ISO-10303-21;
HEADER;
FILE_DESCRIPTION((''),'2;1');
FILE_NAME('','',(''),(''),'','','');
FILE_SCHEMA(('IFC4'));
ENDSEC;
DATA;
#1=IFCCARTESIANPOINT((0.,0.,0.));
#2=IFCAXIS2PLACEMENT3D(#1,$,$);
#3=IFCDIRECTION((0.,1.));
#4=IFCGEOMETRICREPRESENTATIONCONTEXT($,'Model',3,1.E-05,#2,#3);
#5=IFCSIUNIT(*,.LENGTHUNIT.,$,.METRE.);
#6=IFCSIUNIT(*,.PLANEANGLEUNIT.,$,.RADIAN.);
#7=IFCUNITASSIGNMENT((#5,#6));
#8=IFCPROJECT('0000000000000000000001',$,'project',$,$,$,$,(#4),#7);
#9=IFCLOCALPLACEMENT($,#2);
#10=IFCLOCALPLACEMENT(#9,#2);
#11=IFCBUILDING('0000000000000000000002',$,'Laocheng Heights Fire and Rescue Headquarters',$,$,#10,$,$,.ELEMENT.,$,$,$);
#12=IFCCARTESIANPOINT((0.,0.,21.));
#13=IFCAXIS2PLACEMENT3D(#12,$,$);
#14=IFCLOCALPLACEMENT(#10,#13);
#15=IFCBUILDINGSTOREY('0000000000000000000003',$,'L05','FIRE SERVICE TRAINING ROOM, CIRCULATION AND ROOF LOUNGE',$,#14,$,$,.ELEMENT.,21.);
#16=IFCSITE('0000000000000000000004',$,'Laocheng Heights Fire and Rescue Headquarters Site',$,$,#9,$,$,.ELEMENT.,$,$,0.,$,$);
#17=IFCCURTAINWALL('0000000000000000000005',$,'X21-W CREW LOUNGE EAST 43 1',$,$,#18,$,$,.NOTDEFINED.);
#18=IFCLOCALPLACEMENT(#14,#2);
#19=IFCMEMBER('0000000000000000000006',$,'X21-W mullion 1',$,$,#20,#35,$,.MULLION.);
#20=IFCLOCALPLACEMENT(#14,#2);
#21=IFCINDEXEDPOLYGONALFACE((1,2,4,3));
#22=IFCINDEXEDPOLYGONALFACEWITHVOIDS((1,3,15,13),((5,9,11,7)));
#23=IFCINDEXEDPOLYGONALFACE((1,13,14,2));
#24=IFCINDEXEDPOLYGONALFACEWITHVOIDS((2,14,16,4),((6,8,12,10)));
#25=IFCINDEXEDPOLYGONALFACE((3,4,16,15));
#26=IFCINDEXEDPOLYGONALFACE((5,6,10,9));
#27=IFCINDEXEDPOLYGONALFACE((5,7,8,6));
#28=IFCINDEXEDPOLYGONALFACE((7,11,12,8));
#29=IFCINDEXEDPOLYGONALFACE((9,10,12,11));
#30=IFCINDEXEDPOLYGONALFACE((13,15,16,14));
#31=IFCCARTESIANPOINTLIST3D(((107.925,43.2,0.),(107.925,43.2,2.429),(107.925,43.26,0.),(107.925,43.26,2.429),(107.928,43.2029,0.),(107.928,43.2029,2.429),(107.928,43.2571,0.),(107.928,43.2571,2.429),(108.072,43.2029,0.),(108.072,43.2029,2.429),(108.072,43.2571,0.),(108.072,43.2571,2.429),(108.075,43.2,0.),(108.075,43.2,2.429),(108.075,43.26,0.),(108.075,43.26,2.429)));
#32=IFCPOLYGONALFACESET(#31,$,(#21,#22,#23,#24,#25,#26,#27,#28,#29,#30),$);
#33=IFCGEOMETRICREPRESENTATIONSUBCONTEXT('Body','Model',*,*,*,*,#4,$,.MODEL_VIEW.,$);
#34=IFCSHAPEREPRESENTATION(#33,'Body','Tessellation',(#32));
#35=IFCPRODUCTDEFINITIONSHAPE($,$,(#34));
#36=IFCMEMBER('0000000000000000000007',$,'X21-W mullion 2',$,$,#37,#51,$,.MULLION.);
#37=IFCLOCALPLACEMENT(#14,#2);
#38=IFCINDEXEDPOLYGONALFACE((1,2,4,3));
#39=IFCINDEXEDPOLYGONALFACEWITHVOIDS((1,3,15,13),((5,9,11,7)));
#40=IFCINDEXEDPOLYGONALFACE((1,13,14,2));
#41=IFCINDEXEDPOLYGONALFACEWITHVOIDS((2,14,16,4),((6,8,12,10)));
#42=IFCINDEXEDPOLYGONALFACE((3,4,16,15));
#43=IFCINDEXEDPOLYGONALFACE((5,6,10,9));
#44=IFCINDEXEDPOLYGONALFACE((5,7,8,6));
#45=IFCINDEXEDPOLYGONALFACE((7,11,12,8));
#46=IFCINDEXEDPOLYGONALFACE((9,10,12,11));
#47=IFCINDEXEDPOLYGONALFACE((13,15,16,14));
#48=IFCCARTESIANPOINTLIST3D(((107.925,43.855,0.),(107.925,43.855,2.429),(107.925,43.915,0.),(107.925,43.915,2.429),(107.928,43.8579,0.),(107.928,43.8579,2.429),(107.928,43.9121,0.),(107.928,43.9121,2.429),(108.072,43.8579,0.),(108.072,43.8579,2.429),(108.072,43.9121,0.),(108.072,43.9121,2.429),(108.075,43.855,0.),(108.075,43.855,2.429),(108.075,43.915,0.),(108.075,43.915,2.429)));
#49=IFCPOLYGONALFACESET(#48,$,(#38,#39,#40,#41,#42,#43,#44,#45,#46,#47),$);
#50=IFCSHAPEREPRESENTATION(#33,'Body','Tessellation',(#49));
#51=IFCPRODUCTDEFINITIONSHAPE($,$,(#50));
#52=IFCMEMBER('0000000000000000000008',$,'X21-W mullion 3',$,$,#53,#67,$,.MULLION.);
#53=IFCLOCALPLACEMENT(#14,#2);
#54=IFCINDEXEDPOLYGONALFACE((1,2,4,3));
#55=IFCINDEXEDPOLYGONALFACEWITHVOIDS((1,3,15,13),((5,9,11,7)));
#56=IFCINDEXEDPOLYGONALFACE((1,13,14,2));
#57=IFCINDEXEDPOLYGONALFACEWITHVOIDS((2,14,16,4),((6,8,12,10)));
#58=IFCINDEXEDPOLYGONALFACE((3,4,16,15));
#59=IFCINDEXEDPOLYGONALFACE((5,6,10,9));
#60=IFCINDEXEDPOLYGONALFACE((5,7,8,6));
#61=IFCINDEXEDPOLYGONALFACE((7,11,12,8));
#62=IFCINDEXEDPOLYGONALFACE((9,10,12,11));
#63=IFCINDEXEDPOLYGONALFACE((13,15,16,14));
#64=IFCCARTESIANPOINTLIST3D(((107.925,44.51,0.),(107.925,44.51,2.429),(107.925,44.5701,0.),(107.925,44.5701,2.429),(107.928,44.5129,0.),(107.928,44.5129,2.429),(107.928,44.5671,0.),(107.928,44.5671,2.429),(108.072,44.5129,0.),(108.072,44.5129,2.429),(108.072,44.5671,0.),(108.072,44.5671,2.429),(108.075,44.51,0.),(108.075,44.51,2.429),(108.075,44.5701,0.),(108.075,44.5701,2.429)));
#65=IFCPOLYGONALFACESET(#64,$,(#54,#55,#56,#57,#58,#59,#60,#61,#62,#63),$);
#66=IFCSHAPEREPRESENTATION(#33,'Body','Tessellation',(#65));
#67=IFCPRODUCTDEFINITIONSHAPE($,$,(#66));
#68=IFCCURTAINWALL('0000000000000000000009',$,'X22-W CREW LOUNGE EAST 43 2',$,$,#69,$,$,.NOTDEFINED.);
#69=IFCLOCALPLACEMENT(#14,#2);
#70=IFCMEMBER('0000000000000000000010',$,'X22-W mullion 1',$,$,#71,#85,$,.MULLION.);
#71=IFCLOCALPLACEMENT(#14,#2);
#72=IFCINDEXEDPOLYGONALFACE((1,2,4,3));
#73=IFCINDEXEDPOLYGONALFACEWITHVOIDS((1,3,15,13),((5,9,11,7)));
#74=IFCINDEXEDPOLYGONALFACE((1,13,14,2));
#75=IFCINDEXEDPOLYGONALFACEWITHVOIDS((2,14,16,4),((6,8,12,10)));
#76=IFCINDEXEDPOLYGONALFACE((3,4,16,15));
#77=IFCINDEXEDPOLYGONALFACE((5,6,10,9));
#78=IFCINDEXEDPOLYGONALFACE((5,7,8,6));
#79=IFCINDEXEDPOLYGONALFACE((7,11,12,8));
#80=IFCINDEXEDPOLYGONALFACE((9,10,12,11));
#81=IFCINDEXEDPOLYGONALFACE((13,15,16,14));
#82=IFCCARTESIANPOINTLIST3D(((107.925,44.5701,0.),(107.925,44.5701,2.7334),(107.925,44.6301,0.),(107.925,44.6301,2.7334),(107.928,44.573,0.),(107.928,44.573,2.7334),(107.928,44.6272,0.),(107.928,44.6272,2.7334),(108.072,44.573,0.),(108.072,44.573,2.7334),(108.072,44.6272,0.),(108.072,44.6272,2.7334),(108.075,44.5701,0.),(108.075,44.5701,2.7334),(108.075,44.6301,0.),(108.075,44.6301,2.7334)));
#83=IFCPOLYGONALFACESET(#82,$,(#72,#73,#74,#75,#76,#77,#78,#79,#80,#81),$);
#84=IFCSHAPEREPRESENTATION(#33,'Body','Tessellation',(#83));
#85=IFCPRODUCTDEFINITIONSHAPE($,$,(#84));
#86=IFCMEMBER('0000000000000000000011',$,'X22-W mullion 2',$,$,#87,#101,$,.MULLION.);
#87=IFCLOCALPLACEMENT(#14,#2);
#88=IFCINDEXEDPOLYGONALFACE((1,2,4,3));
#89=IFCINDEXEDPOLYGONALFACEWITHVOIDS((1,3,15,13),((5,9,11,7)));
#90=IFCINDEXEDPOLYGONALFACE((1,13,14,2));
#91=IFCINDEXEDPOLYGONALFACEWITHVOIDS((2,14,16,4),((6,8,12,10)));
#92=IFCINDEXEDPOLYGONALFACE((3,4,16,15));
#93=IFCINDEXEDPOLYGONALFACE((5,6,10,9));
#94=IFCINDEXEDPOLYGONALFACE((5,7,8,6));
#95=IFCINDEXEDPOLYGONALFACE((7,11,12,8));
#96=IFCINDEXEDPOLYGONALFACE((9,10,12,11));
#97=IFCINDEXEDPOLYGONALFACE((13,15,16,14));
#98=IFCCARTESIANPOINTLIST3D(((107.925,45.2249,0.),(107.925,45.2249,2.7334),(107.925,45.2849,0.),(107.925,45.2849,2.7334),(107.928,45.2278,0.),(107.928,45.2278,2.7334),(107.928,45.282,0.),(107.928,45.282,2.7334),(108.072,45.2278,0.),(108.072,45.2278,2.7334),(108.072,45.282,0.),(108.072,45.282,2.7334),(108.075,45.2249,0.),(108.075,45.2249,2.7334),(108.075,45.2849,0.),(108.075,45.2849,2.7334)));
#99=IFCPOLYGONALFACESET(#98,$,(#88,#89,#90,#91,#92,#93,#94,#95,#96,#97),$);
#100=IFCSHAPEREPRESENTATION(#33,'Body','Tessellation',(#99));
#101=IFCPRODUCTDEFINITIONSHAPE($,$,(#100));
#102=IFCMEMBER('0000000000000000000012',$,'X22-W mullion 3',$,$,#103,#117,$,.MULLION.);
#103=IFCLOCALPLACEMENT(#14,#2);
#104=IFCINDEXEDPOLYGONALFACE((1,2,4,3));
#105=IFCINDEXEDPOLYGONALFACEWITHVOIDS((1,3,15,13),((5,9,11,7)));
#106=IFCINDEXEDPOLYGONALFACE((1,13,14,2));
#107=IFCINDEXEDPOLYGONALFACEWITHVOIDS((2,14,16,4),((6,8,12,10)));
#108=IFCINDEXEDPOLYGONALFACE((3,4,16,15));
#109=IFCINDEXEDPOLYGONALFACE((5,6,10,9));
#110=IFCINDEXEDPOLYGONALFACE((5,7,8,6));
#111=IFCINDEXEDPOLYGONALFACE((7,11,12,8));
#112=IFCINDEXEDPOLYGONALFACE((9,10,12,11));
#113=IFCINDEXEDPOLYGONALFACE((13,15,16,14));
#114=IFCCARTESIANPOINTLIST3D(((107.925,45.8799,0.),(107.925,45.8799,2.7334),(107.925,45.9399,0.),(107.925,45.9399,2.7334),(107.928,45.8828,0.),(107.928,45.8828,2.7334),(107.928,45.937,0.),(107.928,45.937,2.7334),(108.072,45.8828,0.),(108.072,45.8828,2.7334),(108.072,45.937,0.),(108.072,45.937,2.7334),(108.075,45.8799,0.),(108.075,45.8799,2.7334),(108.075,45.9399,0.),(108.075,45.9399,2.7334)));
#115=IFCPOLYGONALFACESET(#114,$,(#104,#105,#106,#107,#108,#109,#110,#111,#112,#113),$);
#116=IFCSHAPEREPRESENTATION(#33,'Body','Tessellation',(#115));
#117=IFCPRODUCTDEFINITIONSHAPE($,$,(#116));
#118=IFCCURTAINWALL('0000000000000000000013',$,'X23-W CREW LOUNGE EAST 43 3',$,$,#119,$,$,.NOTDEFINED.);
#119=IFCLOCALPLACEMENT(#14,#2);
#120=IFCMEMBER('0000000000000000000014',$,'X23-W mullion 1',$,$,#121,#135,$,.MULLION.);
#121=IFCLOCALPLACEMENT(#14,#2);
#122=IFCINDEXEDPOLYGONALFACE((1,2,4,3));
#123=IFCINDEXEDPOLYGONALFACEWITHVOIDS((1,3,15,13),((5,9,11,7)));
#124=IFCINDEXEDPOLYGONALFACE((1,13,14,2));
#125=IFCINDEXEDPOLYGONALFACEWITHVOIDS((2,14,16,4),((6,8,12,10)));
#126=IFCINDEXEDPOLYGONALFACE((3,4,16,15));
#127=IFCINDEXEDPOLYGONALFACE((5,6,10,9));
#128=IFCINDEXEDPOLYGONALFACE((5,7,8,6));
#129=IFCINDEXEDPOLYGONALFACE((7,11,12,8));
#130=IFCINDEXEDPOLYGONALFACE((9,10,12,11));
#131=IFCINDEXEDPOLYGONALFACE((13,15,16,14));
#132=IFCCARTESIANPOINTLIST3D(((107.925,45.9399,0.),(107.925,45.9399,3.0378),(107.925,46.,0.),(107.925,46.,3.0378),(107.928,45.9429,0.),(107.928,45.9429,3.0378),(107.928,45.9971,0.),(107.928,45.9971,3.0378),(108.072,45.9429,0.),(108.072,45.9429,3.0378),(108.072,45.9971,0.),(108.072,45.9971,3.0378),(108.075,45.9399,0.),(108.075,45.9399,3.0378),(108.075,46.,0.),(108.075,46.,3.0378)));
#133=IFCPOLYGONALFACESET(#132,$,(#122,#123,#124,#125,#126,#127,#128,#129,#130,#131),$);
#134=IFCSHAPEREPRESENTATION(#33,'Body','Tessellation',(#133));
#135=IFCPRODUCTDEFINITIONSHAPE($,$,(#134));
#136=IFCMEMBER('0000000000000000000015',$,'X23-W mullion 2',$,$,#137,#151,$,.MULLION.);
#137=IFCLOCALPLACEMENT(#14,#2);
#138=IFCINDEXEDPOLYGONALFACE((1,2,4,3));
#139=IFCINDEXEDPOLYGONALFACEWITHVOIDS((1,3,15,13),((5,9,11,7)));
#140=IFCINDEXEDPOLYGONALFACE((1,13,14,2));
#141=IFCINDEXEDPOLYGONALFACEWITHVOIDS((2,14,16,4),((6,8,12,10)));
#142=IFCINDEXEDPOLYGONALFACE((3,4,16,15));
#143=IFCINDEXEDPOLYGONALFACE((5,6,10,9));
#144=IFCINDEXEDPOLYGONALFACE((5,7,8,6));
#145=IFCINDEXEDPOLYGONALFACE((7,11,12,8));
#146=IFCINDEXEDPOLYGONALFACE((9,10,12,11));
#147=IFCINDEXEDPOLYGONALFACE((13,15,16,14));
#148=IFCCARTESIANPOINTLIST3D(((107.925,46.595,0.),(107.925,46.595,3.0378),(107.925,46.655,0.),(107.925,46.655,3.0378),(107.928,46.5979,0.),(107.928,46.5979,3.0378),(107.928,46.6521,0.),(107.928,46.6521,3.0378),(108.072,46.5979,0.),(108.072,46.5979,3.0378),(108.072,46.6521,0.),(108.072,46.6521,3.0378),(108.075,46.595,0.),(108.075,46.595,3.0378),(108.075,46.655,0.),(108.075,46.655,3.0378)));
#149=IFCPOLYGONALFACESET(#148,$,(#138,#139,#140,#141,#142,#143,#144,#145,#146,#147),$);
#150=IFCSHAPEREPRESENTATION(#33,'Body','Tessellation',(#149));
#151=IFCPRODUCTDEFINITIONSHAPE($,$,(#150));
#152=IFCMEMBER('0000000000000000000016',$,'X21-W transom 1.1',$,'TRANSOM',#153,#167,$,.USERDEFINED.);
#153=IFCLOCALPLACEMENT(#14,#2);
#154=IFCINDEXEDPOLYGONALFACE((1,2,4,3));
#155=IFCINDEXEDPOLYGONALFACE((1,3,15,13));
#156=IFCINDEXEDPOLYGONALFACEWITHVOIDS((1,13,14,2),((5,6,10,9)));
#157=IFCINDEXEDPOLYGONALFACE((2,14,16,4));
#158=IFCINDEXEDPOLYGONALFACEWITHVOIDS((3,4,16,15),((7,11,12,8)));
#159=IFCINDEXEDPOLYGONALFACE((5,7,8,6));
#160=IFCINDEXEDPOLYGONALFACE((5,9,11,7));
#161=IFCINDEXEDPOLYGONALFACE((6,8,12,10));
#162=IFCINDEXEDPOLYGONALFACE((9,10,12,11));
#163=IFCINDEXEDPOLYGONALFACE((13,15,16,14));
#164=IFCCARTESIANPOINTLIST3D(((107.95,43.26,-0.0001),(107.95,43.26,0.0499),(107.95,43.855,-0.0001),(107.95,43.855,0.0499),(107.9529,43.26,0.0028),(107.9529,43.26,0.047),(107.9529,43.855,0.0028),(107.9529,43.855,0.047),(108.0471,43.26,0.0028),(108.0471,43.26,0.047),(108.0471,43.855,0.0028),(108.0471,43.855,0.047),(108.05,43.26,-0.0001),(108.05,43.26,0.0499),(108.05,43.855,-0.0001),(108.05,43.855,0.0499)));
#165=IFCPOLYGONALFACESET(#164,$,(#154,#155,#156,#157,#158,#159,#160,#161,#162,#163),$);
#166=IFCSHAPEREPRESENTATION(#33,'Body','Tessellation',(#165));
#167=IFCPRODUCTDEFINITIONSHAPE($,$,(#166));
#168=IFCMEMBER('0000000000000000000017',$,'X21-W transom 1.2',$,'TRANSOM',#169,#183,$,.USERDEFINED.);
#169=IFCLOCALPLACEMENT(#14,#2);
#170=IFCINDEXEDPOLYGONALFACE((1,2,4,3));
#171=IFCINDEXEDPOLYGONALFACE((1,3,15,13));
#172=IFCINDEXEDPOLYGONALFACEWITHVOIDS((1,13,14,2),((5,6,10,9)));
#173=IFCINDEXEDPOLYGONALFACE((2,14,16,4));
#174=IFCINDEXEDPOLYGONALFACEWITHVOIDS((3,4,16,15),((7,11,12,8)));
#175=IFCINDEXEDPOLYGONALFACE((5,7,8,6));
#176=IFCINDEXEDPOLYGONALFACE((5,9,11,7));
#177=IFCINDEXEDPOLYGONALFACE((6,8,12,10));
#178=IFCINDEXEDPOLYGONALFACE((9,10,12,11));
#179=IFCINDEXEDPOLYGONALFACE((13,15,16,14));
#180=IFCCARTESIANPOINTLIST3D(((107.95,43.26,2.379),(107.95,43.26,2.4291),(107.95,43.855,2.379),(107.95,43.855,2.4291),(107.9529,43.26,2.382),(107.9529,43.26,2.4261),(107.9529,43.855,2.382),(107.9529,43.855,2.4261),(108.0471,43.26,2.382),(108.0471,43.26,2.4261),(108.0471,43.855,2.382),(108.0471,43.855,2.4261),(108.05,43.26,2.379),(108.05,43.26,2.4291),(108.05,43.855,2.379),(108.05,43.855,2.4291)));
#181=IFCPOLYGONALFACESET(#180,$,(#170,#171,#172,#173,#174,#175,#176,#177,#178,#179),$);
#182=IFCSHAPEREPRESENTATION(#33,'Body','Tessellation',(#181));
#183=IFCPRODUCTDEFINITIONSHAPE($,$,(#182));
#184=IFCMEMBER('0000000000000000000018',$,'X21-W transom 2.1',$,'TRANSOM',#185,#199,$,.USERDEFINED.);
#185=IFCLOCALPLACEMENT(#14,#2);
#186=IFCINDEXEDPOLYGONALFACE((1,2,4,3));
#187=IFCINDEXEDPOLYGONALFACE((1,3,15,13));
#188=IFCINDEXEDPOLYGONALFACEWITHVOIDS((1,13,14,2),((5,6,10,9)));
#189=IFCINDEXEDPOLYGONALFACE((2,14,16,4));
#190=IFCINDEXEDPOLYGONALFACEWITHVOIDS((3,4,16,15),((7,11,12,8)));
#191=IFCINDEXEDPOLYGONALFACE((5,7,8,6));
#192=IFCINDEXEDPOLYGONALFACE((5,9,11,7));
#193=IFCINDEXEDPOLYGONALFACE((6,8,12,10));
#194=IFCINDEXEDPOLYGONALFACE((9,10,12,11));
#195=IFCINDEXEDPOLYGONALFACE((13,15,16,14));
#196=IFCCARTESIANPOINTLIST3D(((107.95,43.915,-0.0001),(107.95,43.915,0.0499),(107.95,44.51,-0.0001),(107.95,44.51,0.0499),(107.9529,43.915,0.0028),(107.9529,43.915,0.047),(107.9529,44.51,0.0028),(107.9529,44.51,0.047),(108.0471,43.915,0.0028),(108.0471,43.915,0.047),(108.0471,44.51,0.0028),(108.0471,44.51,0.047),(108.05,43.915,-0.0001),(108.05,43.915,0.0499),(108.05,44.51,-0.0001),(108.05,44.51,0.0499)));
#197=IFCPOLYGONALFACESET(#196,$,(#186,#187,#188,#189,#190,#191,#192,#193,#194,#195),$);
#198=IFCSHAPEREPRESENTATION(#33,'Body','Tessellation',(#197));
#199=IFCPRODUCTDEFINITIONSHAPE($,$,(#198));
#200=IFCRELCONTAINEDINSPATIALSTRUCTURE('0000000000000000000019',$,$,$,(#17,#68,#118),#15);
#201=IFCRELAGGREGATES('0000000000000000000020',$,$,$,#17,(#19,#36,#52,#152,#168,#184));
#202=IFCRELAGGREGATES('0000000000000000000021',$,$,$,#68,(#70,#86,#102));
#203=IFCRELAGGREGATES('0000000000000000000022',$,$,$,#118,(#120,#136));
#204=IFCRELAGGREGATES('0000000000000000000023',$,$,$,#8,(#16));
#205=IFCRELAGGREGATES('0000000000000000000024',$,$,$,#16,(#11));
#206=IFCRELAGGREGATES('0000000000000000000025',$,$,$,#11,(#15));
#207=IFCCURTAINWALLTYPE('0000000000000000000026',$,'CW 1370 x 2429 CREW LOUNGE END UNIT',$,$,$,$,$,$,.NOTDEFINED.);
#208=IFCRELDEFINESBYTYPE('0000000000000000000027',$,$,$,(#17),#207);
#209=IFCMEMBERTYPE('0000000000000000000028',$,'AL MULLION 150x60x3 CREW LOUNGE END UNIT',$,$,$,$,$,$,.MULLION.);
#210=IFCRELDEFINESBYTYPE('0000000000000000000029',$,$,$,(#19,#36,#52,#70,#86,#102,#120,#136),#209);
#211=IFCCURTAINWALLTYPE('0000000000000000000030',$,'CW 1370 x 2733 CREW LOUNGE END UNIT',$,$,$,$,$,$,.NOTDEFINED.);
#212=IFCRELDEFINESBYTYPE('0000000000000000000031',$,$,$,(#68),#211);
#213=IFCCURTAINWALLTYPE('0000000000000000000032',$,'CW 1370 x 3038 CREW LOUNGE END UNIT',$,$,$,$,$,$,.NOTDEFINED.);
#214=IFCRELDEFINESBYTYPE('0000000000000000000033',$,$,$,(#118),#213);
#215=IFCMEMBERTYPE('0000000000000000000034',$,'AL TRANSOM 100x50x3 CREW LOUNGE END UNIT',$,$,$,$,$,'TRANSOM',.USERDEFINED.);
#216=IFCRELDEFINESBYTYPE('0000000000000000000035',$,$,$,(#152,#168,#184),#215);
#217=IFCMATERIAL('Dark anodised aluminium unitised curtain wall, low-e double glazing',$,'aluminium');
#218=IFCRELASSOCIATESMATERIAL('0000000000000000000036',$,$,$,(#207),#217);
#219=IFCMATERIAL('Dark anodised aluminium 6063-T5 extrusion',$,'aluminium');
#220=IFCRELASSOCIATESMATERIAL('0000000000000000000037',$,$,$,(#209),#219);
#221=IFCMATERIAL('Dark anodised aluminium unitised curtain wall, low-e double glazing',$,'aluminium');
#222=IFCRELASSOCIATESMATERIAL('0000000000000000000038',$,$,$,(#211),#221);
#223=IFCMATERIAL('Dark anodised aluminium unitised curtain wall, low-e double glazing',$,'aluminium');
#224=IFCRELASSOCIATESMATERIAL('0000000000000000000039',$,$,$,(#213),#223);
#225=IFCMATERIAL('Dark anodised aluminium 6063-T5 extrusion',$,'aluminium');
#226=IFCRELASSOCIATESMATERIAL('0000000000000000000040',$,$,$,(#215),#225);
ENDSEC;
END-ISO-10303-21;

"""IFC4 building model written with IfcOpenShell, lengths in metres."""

from ifc_helpers import new_model, si_unit, direction, frame, origin, origin_2d, place, context, subcontext, project, spatial, hollow_rectangle, extrude, material, material_profile, profile_set, type_object, element, aggregate, save


model = new_model("IFC4")

# Units and contexts
model_context = context("Model", 3, precision=1e-05, world=origin(), true_north=direction((0.0, 1.0)))
body_context = subcontext(model_context, "Body", "Model", "MODEL_VIEW")
ifc_project = project(units=[si_unit("LENGTHUNIT", "METRE"), si_unit("PLANEANGLEUNIT", "RADIAN")], contexts=[model_context])

# Site, building, storey
site_placement = place(None, origin())
site = spatial("IfcSite", under=ifc_project, at=site_placement, Name="Laocheng Heights Fire and Rescue Headquarters Site", CompositionType="ELEMENT", RefElevation=0.0)
building_placement = place(site_placement, origin())
building = spatial("IfcBuilding", under=site, at=building_placement, Name="Laocheng Heights Fire and Rescue Headquarters", CompositionType="ELEMENT")
storey_placement = place(building_placement, frame((0.0, 0.0, 21.0)))
storey = spatial("IfcBuildingStorey", under=building, at=storey_placement, Name="L05", Description="FIRE SERVICE TRAINING ROOM, CIRCULATION AND ROOF LOUNGE", CompositionType="ELEMENT", Elevation=21.0)

# Curtain walls, members
ifc_material_1 = material(Name="Dark anodised aluminium unitised curtain wall, low-e double glazing", Category="aluminium")
curtain_wall_type_1 = type_object("IfcCurtainWallType", Name="CW 1370 x 2429 CREW LOUNGE END UNIT", PredefinedType="NOTDEFINED", material=ifc_material_1)
curtain_wall_1_placement = place(storey_placement, origin())
curtain_wall_1 = element("IfcCurtainWall", 1, at=curtain_wall_1_placement, inside=storey, type_object=curtain_wall_type_1, Name="X21-W CREW LOUNGE EAST 43 1", PredefinedType="NOTDEFINED")
ifc_material_2 = material(Name="Dark anodised aluminium 6063-T5 extrusion", Category="aluminium")
ifc_material_profile_1 = material_profile(ifc_material_2, hollow_rectangle(XDim=0.1499, YDim=0.0601, WallThickness=0.0029, at=origin_2d()), Name="AL MULLION 150x60x3 CREW LOUNGE END UNIT")
ifc_profile_set_1 = profile_set([ifc_material_profile_1], Name="Dark anodised aluminium 6063-T5 extrusion")
member_type_1 = type_object("IfcMemberType", Name="AL MULLION 150x60x3 CREW LOUNGE END UNIT", PredefinedType="MULLION", material=ifc_profile_set_1)
member_1_placement = place(storey_placement, frame((108.0, 43.23, 0.0), z_axis=(0.0, 0.0, 1.0), x_axis=(-1.0, 0.0, 0.0)))
member_1 = element("IfcMember", 2, at=member_1_placement, type_object=member_type_1, Name="X21-W mullion 1", PredefinedType="MULLION", context=body_context, shape_type="SweptSolid", body=[
    extrude(hollow_rectangle(XDim=0.1499, YDim=0.0601, WallThickness=0.0029, at=origin_2d()), origin(), (0.0, 0.0, 1.0), 2.429),
])
member_2_placement = place(storey_placement, frame((108.0, 43.885, 0.0), z_axis=(0.0, 0.0, 1.0), x_axis=(-1.0, 0.0, 0.0)))
member_2 = element("IfcMember", 3, at=member_2_placement, type_object=member_type_1, Name="X21-W mullion 2", PredefinedType="MULLION", context=body_context, shape_type="SweptSolid", body=[
    extrude(hollow_rectangle(XDim=0.1499, YDim=0.0601, WallThickness=0.0029, at=origin_2d()), origin(), (0.0, 0.0, 1.0), 2.429),
])
member_3_placement = place(storey_placement, frame((108.0, 44.54, 0.0), z_axis=(0.0, 0.0, 1.0), x_axis=(-1.0, 0.0, 0.0)))
member_3 = element("IfcMember", 4, at=member_3_placement, type_object=member_type_1, Name="X21-W mullion 3", PredefinedType="MULLION", context=body_context, shape_type="SweptSolid", body=[
    extrude(hollow_rectangle(XDim=0.1499, YDim=0.0601, WallThickness=0.0029, at=origin_2d()), origin(), (0.0, 0.0, 1.0), 2.429),
])
ifc_material_3 = material(Name="Dark anodised aluminium unitised curtain wall, low-e double glazing", Category="aluminium")
curtain_wall_type_2 = type_object("IfcCurtainWallType", Name="CW 1370 x 2733 CREW LOUNGE END UNIT", PredefinedType="NOTDEFINED", material=ifc_material_3)
curtain_wall_2_placement = place(storey_placement, origin())
curtain_wall_2 = element("IfcCurtainWall", 5, at=curtain_wall_2_placement, inside=storey, type_object=curtain_wall_type_2, Name="X22-W CREW LOUNGE EAST 43 2", PredefinedType="NOTDEFINED")
member_4_placement = place(storey_placement, frame((108.0, 44.6001, 0.0), z_axis=(0.0, 0.0, 1.0), x_axis=(-1.0, 0.0, 0.0)))
member_4 = element("IfcMember", 6, at=member_4_placement, type_object=member_type_1, Name="X22-W mullion 1", PredefinedType="MULLION", context=body_context, shape_type="SweptSolid", body=[
    extrude(hollow_rectangle(XDim=0.1499, YDim=0.0601, WallThickness=0.0029, at=origin_2d()), origin(), (0.0, 0.0, 1.0), 2.7334),
])
member_5_placement = place(storey_placement, frame((108.0, 45.2549, 0.0), z_axis=(0.0, 0.0, 1.0), x_axis=(-1.0, 0.0, 0.0)))
member_5 = element("IfcMember", 7, at=member_5_placement, type_object=member_type_1, Name="X22-W mullion 2", PredefinedType="MULLION", context=body_context, shape_type="SweptSolid", body=[
    extrude(hollow_rectangle(XDim=0.1499, YDim=0.0601, WallThickness=0.0029, at=origin_2d()), origin(), (0.0, 0.0, 1.0), 2.7334),
])
member_6_placement = place(storey_placement, frame((108.0, 45.9099, 0.0), z_axis=(0.0, 0.0, 1.0), x_axis=(-1.0, 0.0, 0.0)))
member_6 = element("IfcMember", 8, at=member_6_placement, type_object=member_type_1, Name="X22-W mullion 3", PredefinedType="MULLION", context=body_context, shape_type="SweptSolid", body=[
    extrude(hollow_rectangle(XDim=0.1499, YDim=0.0601, WallThickness=0.0029, at=origin_2d()), origin(), (0.0, 0.0, 1.0), 2.7334),
])
ifc_material_4 = material(Name="Dark anodised aluminium unitised curtain wall, low-e double glazing", Category="aluminium")
curtain_wall_type_3 = type_object("IfcCurtainWallType", Name="CW 1370 x 3038 CREW LOUNGE END UNIT", PredefinedType="NOTDEFINED", material=ifc_material_4)
curtain_wall_3_placement = place(storey_placement, origin())
curtain_wall_3 = element("IfcCurtainWall", 9, at=curtain_wall_3_placement, inside=storey, type_object=curtain_wall_type_3, Name="X23-W CREW LOUNGE EAST 43 3", PredefinedType="NOTDEFINED")
member_7_placement = place(storey_placement, frame((108.0, 45.97, 0.0), z_axis=(0.0, 0.0, 1.0), x_axis=(-1.0, 0.0, 0.0)))
member_7 = element("IfcMember", 10, at=member_7_placement, type_object=member_type_1, Name="X23-W mullion 1", PredefinedType="MULLION", context=body_context, shape_type="SweptSolid", body=[
    extrude(hollow_rectangle(XDim=0.1499, YDim=0.0601, WallThickness=0.0029, at=origin_2d()), origin(), (0.0, 0.0, 1.0), 3.0378),
])
member_8_placement = place(storey_placement, frame((108.0, 46.625, 0.0), z_axis=(0.0, 0.0, 1.0), x_axis=(-1.0, 0.0, 0.0)))
member_8 = element("IfcMember", 11, at=member_8_placement, type_object=member_type_1, Name="X23-W mullion 2", PredefinedType="MULLION", context=body_context, shape_type="SweptSolid", body=[
    extrude(hollow_rectangle(XDim=0.1499, YDim=0.0601, WallThickness=0.0029, at=origin_2d()), origin(), (0.0, 0.0, 1.0), 3.0378),
])

# Members
ifc_material_5 = material(Name="Dark anodised aluminium 6063-T5 extrusion", Category="aluminium")
ifc_material_profile_2 = material_profile(ifc_material_5, hollow_rectangle(XDim=0.1001, YDim=0.05, WallThickness=0.0029, at=origin_2d()), Name="AL TRANSOM 100x50x3 CREW LOUNGE END UNIT")
ifc_profile_set_2 = profile_set([ifc_material_profile_2], Name="Dark anodised aluminium 6063-T5 extrusion")
member_type_2 = type_object("IfcMemberType", Name="AL TRANSOM 100x50x3 CREW LOUNGE END UNIT", ElementType="TRANSOM", PredefinedType="USERDEFINED", material=ifc_profile_set_2)
member_9_placement = place(storey_placement, frame((108.0, 43.26, 0.0249), z_axis=(0.0, 1.0, 0.0), x_axis=(-1.0, 0.0, 0.0)))
member_9 = element("IfcMember", 12, at=member_9_placement, type_object=member_type_2, Name="X21-W transom 1.1", ObjectType="TRANSOM", PredefinedType="USERDEFINED", context=body_context, shape_type="SweptSolid", body=[
    extrude(hollow_rectangle(XDim=0.1001, YDim=0.05, WallThickness=0.0029, at=origin_2d()), origin(), (0.0, 0.0, 1.0), 0.595),
])
member_10_placement = place(storey_placement, frame((108.0, 43.26, 2.4041), z_axis=(0.0, 1.0, 0.0), x_axis=(-1.0, 0.0, 0.0)))
member_10 = element("IfcMember", 13, at=member_10_placement, type_object=member_type_2, Name="X21-W transom 1.2", ObjectType="TRANSOM", PredefinedType="USERDEFINED", context=body_context, shape_type="SweptSolid", body=[
    extrude(hollow_rectangle(XDim=0.1001, YDim=0.05, WallThickness=0.0029, at=origin_2d()), origin(), (0.0, 0.0, 1.0), 0.595),
])
member_11_placement = place(storey_placement, frame((108.0, 43.915, 0.0249), z_axis=(0.0, 1.0, 0.0), x_axis=(-1.0, 0.0, 0.0)))
member_11 = element("IfcMember", 14, at=member_11_placement, type_object=member_type_2, Name="X21-W transom 2.1", ObjectType="TRANSOM", PredefinedType="USERDEFINED", context=body_context, shape_type="SweptSolid", body=[
    extrude(hollow_rectangle(XDim=0.1001, YDim=0.05, WallThickness=0.0029, at=origin_2d()), origin(), (0.0, 0.0, 1.0), 0.595),
])

aggregate(curtain_wall_1, [member_1, member_2, member_3, member_9, member_10, member_11])
aggregate(curtain_wall_2, [member_4, member_5, member_6])
aggregate(curtain_wall_3, [member_7, member_8])

save(model, "model.ifc")
